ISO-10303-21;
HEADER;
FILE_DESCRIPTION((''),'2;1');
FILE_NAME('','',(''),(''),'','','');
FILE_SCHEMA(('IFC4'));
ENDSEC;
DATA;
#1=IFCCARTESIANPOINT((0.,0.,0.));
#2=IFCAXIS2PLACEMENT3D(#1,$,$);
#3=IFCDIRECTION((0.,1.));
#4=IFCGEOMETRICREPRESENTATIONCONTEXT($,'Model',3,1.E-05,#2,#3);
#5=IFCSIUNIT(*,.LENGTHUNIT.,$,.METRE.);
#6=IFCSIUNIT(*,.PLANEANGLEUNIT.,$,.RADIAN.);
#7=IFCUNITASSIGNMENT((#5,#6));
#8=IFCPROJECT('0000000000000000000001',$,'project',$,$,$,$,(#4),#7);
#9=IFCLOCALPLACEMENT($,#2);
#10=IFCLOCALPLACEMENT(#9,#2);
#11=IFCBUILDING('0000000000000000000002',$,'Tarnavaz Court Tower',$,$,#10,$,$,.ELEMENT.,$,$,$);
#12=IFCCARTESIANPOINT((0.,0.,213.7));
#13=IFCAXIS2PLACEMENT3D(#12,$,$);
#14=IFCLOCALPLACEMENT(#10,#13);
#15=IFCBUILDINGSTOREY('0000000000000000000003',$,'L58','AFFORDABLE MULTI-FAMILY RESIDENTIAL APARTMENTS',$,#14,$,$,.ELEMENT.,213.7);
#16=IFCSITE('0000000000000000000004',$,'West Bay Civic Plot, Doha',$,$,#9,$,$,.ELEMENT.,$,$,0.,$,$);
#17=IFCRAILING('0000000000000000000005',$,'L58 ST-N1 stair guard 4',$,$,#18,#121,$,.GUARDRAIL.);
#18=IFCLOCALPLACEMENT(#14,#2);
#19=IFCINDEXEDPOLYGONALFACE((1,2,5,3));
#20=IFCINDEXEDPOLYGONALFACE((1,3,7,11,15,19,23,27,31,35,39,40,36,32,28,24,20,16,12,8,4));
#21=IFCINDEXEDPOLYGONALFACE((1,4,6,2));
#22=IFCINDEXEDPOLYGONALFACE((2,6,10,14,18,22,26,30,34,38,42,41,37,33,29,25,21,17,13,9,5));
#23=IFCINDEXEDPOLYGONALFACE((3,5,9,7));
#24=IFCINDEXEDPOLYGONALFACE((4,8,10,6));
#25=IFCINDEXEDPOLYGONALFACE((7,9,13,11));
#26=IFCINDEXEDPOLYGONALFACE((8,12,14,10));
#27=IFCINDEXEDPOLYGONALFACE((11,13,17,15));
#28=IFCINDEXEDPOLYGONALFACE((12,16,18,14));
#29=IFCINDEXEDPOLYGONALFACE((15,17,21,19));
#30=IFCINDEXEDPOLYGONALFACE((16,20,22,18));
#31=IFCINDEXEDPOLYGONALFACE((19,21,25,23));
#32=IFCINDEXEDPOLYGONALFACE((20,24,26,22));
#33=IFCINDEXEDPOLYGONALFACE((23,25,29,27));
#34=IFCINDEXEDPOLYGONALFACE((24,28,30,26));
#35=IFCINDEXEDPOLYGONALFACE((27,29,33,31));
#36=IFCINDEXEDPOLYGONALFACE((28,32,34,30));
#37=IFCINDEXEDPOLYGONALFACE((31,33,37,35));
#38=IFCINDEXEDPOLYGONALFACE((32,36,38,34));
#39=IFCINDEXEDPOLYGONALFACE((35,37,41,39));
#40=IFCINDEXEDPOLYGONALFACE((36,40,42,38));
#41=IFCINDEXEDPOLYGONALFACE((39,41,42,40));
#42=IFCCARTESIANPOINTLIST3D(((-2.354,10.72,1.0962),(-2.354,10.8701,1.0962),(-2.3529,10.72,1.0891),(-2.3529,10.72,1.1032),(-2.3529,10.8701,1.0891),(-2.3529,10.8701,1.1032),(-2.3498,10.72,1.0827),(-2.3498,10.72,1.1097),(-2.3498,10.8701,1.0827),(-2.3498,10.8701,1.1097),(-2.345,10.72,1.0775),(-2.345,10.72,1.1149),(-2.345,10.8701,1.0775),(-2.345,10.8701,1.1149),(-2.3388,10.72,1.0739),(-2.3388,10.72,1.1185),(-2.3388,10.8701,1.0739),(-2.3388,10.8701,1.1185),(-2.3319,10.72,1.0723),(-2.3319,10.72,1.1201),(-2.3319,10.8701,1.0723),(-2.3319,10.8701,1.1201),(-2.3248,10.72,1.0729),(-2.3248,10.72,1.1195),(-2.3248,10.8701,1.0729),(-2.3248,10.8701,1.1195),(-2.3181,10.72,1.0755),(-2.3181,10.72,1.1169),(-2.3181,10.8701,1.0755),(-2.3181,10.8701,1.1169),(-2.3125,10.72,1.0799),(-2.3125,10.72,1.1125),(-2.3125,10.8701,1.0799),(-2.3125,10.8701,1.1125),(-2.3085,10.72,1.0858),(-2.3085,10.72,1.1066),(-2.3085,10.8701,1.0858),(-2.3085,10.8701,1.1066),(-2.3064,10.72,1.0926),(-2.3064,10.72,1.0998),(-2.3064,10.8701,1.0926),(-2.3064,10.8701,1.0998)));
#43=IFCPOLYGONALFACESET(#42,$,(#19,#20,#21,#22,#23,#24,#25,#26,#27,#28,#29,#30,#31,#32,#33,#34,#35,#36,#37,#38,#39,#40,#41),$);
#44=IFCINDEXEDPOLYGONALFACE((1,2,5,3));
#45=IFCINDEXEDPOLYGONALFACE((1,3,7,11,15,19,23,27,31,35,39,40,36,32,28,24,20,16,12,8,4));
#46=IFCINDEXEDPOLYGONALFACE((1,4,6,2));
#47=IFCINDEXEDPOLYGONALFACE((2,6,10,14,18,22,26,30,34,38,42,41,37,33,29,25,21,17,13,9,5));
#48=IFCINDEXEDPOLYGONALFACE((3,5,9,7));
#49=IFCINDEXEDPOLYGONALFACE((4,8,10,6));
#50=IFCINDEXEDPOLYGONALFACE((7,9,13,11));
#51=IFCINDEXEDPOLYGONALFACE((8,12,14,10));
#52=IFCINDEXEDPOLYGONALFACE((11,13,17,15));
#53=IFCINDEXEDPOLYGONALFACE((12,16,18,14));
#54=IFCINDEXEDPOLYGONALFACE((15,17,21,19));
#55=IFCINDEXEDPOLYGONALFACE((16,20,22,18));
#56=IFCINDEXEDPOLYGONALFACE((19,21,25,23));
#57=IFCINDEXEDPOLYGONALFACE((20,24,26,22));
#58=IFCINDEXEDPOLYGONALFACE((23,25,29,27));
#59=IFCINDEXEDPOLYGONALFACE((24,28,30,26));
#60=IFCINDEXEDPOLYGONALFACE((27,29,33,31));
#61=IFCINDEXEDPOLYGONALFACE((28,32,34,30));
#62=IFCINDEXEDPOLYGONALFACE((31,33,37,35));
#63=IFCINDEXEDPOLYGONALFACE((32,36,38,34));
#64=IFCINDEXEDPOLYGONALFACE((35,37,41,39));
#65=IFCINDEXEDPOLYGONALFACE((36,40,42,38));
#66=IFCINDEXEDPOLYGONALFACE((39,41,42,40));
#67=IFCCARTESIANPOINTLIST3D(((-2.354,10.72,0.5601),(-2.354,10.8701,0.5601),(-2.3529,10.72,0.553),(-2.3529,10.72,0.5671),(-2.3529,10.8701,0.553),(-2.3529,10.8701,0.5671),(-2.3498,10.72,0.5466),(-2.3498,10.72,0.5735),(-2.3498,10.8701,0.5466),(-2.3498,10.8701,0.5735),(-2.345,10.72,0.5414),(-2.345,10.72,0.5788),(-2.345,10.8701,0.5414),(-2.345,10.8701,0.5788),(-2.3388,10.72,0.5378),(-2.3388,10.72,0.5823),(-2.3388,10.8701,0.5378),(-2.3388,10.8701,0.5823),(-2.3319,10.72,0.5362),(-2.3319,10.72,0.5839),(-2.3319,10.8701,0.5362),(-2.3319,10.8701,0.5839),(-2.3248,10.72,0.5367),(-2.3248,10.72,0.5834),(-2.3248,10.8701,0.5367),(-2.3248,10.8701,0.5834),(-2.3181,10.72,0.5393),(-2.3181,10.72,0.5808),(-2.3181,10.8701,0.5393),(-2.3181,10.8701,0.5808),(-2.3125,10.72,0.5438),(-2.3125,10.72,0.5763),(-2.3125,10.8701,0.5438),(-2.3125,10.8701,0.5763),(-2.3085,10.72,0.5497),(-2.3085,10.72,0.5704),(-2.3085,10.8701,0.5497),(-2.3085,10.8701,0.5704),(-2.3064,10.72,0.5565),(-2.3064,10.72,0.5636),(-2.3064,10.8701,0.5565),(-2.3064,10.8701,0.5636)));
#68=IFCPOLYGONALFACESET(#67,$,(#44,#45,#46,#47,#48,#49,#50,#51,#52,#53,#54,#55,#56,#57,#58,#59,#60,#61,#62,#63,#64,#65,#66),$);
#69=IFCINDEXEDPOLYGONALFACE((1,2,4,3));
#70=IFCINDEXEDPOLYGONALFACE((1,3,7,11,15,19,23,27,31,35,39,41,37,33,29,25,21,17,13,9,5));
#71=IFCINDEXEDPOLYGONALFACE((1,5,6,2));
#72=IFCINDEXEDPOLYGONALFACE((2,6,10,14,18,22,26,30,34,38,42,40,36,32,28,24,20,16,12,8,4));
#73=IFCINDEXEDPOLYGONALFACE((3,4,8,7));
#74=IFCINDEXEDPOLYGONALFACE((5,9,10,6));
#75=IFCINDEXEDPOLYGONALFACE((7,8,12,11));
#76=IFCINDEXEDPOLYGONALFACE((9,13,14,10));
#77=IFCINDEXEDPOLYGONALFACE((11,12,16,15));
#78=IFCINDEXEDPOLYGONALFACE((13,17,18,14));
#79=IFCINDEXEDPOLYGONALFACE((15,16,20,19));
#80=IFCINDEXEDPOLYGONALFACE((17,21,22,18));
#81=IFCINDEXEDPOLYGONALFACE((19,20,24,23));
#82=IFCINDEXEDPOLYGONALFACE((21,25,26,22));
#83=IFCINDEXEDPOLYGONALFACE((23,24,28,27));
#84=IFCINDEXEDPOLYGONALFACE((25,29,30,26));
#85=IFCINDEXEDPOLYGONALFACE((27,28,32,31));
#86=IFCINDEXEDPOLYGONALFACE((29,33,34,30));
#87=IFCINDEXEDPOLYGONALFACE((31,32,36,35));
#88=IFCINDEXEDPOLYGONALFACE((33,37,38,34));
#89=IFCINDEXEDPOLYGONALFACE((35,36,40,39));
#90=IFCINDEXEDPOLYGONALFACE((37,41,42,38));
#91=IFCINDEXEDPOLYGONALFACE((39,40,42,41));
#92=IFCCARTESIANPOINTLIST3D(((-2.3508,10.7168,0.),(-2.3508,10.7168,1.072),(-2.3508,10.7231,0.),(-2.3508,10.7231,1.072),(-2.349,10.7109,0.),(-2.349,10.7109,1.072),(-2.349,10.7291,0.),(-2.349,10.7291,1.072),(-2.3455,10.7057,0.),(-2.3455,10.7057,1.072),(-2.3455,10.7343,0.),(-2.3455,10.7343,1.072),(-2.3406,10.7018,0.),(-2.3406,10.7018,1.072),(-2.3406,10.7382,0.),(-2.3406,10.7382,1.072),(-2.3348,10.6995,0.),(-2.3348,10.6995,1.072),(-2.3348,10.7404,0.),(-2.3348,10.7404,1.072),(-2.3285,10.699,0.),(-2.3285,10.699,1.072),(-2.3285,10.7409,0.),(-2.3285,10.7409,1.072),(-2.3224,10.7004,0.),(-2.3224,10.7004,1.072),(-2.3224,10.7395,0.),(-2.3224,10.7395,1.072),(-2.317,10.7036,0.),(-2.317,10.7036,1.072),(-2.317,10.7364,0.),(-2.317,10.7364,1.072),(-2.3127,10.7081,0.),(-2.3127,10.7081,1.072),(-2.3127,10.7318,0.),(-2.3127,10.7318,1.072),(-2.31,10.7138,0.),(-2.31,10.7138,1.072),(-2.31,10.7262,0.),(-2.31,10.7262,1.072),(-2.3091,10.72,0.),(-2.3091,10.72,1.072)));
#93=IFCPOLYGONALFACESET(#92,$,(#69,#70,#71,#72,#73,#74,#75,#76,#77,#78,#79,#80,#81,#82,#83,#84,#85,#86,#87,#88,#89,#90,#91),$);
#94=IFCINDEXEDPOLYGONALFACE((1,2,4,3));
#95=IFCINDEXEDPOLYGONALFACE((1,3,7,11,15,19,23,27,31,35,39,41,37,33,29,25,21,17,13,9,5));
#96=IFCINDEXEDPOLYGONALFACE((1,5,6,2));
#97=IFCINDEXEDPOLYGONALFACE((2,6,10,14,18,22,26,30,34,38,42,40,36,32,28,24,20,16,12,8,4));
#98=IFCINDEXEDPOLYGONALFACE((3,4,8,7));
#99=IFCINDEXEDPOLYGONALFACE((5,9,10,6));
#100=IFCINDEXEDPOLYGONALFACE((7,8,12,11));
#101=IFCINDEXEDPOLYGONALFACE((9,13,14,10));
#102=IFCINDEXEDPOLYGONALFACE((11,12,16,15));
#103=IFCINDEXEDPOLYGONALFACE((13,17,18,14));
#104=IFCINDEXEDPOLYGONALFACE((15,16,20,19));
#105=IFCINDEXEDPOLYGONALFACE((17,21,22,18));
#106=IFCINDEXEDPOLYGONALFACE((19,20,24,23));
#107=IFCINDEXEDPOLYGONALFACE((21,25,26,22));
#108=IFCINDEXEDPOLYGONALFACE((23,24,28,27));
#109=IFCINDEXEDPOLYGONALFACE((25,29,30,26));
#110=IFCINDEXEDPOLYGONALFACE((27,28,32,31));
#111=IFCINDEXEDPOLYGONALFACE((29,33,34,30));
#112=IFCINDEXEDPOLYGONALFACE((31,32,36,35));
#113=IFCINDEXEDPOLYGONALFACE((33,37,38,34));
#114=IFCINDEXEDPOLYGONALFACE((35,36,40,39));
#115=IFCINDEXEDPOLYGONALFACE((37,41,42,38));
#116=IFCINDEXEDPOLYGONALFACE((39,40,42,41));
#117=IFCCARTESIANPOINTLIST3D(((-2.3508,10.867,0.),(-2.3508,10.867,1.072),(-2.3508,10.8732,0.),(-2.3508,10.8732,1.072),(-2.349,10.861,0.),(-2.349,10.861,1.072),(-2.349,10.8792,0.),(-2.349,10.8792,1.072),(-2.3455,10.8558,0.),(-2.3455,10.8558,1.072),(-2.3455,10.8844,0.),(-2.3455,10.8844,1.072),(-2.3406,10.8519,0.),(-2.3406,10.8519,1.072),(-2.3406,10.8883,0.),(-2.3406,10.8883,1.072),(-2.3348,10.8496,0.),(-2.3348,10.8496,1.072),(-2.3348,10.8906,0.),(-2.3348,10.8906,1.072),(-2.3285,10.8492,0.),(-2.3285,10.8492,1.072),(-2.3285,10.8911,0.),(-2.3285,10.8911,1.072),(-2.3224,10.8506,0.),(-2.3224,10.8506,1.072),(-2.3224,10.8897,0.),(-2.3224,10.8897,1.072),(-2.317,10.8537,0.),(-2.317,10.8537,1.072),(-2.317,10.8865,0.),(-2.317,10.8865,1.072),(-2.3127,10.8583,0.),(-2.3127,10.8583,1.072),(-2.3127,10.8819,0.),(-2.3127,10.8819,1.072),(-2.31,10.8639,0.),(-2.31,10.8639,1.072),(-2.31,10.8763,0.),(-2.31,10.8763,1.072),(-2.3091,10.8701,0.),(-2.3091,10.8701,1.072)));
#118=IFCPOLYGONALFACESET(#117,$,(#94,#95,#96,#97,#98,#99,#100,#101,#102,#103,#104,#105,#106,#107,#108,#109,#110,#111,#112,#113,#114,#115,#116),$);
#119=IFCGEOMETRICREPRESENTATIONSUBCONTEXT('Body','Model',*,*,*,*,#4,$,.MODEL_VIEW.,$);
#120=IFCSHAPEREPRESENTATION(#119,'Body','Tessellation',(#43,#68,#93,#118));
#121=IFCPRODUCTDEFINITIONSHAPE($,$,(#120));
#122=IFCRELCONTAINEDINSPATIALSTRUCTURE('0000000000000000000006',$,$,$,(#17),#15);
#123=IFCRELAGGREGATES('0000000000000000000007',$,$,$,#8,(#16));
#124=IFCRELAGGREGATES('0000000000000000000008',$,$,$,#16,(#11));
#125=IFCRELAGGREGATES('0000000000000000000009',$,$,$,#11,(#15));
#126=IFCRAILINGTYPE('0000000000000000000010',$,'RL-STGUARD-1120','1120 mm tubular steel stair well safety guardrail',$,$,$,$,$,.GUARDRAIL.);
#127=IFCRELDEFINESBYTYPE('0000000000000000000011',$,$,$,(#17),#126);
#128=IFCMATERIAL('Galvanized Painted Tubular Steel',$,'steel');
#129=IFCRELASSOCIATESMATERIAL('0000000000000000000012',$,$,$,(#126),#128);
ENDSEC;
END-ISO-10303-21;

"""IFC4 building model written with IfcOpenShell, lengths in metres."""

from ifc_helpers import new_model, si_unit, direction, frame, origin, origin_2d, place, context, subcontext, project, spatial, circle, extrude, material, type_object, element, save


model = new_model("IFC4")

# Units and contexts
model_context = context("Model", 3, precision=1e-05, world=origin(), true_north=direction((0.0, 1.0)))
body_context = subcontext(model_context, "Body", "Model", "MODEL_VIEW")
ifc_project = project(units=[si_unit("LENGTHUNIT", "METRE"), si_unit("PLANEANGLEUNIT", "RADIAN")], contexts=[model_context])

# Site, building, storey
site_placement = place(None, origin())
site = spatial("IfcSite", under=ifc_project, at=site_placement, Name="West Bay Civic Plot, Doha", CompositionType="ELEMENT", RefElevation=0.0)
building_placement = place(site_placement, origin())
building = spatial("IfcBuilding", under=site, at=building_placement, Name="Tarnavaz Court Tower", CompositionType="ELEMENT")
storey_placement = place(building_placement, frame((0.0, 0.0, 213.7)))
storey = spatial("IfcBuildingStorey", under=building, at=storey_placement, Name="L58", Description="AFFORDABLE MULTI-FAMILY RESIDENTIAL APARTMENTS", CompositionType="ELEMENT", Elevation=213.7)

# Railing
ifc_material_1 = material(Name="Galvanized Painted Tubular Steel", Category="steel")
railing_type_1 = type_object("IfcRailingType", Name="RL-STGUARD-1120", Description="1120 mm tubular steel stair well safety guardrail", PredefinedType="GUARDRAIL", material=ifc_material_1)
railing_1_placement = place(storey_placement, frame((-2.3301, 10.72, 0.0)))
element("IfcRailing", 1, at=railing_1_placement, inside=storey, type_object=railing_type_1, Name="L58 ST-N1 stair guard 4", PredefinedType="GUARDRAIL", context=body_context, shape_type="SweptSolid", body=[
    extrude(circle(Radius=0.0239, at=origin_2d()), frame((0.0, 0.0, 1.0962), z_axis=(0.0, 1.0, 0.0), x_axis=(-1.0, 0.0, 0.0)), (0.0, 0.0, 1.0), 0.1501),
    extrude(circle(Radius=0.0239, at=origin_2d()), frame((0.0, 0.0, 0.5601), z_axis=(0.0, 1.0, 0.0), x_axis=(-1.0, 0.0, 0.0)), (0.0, 0.0, 1.0), 0.1501),
    extrude(circle(Radius=0.021, at=origin_2d()), origin(), (0.0, 0.0, 1.0), 1.072),
    extrude(circle(Radius=0.021, at=origin_2d()), frame((0.0, 0.1501, 0.0)), (0.0, 0.0, 1.0), 1.072),
])

save(model, "model.ifc")
